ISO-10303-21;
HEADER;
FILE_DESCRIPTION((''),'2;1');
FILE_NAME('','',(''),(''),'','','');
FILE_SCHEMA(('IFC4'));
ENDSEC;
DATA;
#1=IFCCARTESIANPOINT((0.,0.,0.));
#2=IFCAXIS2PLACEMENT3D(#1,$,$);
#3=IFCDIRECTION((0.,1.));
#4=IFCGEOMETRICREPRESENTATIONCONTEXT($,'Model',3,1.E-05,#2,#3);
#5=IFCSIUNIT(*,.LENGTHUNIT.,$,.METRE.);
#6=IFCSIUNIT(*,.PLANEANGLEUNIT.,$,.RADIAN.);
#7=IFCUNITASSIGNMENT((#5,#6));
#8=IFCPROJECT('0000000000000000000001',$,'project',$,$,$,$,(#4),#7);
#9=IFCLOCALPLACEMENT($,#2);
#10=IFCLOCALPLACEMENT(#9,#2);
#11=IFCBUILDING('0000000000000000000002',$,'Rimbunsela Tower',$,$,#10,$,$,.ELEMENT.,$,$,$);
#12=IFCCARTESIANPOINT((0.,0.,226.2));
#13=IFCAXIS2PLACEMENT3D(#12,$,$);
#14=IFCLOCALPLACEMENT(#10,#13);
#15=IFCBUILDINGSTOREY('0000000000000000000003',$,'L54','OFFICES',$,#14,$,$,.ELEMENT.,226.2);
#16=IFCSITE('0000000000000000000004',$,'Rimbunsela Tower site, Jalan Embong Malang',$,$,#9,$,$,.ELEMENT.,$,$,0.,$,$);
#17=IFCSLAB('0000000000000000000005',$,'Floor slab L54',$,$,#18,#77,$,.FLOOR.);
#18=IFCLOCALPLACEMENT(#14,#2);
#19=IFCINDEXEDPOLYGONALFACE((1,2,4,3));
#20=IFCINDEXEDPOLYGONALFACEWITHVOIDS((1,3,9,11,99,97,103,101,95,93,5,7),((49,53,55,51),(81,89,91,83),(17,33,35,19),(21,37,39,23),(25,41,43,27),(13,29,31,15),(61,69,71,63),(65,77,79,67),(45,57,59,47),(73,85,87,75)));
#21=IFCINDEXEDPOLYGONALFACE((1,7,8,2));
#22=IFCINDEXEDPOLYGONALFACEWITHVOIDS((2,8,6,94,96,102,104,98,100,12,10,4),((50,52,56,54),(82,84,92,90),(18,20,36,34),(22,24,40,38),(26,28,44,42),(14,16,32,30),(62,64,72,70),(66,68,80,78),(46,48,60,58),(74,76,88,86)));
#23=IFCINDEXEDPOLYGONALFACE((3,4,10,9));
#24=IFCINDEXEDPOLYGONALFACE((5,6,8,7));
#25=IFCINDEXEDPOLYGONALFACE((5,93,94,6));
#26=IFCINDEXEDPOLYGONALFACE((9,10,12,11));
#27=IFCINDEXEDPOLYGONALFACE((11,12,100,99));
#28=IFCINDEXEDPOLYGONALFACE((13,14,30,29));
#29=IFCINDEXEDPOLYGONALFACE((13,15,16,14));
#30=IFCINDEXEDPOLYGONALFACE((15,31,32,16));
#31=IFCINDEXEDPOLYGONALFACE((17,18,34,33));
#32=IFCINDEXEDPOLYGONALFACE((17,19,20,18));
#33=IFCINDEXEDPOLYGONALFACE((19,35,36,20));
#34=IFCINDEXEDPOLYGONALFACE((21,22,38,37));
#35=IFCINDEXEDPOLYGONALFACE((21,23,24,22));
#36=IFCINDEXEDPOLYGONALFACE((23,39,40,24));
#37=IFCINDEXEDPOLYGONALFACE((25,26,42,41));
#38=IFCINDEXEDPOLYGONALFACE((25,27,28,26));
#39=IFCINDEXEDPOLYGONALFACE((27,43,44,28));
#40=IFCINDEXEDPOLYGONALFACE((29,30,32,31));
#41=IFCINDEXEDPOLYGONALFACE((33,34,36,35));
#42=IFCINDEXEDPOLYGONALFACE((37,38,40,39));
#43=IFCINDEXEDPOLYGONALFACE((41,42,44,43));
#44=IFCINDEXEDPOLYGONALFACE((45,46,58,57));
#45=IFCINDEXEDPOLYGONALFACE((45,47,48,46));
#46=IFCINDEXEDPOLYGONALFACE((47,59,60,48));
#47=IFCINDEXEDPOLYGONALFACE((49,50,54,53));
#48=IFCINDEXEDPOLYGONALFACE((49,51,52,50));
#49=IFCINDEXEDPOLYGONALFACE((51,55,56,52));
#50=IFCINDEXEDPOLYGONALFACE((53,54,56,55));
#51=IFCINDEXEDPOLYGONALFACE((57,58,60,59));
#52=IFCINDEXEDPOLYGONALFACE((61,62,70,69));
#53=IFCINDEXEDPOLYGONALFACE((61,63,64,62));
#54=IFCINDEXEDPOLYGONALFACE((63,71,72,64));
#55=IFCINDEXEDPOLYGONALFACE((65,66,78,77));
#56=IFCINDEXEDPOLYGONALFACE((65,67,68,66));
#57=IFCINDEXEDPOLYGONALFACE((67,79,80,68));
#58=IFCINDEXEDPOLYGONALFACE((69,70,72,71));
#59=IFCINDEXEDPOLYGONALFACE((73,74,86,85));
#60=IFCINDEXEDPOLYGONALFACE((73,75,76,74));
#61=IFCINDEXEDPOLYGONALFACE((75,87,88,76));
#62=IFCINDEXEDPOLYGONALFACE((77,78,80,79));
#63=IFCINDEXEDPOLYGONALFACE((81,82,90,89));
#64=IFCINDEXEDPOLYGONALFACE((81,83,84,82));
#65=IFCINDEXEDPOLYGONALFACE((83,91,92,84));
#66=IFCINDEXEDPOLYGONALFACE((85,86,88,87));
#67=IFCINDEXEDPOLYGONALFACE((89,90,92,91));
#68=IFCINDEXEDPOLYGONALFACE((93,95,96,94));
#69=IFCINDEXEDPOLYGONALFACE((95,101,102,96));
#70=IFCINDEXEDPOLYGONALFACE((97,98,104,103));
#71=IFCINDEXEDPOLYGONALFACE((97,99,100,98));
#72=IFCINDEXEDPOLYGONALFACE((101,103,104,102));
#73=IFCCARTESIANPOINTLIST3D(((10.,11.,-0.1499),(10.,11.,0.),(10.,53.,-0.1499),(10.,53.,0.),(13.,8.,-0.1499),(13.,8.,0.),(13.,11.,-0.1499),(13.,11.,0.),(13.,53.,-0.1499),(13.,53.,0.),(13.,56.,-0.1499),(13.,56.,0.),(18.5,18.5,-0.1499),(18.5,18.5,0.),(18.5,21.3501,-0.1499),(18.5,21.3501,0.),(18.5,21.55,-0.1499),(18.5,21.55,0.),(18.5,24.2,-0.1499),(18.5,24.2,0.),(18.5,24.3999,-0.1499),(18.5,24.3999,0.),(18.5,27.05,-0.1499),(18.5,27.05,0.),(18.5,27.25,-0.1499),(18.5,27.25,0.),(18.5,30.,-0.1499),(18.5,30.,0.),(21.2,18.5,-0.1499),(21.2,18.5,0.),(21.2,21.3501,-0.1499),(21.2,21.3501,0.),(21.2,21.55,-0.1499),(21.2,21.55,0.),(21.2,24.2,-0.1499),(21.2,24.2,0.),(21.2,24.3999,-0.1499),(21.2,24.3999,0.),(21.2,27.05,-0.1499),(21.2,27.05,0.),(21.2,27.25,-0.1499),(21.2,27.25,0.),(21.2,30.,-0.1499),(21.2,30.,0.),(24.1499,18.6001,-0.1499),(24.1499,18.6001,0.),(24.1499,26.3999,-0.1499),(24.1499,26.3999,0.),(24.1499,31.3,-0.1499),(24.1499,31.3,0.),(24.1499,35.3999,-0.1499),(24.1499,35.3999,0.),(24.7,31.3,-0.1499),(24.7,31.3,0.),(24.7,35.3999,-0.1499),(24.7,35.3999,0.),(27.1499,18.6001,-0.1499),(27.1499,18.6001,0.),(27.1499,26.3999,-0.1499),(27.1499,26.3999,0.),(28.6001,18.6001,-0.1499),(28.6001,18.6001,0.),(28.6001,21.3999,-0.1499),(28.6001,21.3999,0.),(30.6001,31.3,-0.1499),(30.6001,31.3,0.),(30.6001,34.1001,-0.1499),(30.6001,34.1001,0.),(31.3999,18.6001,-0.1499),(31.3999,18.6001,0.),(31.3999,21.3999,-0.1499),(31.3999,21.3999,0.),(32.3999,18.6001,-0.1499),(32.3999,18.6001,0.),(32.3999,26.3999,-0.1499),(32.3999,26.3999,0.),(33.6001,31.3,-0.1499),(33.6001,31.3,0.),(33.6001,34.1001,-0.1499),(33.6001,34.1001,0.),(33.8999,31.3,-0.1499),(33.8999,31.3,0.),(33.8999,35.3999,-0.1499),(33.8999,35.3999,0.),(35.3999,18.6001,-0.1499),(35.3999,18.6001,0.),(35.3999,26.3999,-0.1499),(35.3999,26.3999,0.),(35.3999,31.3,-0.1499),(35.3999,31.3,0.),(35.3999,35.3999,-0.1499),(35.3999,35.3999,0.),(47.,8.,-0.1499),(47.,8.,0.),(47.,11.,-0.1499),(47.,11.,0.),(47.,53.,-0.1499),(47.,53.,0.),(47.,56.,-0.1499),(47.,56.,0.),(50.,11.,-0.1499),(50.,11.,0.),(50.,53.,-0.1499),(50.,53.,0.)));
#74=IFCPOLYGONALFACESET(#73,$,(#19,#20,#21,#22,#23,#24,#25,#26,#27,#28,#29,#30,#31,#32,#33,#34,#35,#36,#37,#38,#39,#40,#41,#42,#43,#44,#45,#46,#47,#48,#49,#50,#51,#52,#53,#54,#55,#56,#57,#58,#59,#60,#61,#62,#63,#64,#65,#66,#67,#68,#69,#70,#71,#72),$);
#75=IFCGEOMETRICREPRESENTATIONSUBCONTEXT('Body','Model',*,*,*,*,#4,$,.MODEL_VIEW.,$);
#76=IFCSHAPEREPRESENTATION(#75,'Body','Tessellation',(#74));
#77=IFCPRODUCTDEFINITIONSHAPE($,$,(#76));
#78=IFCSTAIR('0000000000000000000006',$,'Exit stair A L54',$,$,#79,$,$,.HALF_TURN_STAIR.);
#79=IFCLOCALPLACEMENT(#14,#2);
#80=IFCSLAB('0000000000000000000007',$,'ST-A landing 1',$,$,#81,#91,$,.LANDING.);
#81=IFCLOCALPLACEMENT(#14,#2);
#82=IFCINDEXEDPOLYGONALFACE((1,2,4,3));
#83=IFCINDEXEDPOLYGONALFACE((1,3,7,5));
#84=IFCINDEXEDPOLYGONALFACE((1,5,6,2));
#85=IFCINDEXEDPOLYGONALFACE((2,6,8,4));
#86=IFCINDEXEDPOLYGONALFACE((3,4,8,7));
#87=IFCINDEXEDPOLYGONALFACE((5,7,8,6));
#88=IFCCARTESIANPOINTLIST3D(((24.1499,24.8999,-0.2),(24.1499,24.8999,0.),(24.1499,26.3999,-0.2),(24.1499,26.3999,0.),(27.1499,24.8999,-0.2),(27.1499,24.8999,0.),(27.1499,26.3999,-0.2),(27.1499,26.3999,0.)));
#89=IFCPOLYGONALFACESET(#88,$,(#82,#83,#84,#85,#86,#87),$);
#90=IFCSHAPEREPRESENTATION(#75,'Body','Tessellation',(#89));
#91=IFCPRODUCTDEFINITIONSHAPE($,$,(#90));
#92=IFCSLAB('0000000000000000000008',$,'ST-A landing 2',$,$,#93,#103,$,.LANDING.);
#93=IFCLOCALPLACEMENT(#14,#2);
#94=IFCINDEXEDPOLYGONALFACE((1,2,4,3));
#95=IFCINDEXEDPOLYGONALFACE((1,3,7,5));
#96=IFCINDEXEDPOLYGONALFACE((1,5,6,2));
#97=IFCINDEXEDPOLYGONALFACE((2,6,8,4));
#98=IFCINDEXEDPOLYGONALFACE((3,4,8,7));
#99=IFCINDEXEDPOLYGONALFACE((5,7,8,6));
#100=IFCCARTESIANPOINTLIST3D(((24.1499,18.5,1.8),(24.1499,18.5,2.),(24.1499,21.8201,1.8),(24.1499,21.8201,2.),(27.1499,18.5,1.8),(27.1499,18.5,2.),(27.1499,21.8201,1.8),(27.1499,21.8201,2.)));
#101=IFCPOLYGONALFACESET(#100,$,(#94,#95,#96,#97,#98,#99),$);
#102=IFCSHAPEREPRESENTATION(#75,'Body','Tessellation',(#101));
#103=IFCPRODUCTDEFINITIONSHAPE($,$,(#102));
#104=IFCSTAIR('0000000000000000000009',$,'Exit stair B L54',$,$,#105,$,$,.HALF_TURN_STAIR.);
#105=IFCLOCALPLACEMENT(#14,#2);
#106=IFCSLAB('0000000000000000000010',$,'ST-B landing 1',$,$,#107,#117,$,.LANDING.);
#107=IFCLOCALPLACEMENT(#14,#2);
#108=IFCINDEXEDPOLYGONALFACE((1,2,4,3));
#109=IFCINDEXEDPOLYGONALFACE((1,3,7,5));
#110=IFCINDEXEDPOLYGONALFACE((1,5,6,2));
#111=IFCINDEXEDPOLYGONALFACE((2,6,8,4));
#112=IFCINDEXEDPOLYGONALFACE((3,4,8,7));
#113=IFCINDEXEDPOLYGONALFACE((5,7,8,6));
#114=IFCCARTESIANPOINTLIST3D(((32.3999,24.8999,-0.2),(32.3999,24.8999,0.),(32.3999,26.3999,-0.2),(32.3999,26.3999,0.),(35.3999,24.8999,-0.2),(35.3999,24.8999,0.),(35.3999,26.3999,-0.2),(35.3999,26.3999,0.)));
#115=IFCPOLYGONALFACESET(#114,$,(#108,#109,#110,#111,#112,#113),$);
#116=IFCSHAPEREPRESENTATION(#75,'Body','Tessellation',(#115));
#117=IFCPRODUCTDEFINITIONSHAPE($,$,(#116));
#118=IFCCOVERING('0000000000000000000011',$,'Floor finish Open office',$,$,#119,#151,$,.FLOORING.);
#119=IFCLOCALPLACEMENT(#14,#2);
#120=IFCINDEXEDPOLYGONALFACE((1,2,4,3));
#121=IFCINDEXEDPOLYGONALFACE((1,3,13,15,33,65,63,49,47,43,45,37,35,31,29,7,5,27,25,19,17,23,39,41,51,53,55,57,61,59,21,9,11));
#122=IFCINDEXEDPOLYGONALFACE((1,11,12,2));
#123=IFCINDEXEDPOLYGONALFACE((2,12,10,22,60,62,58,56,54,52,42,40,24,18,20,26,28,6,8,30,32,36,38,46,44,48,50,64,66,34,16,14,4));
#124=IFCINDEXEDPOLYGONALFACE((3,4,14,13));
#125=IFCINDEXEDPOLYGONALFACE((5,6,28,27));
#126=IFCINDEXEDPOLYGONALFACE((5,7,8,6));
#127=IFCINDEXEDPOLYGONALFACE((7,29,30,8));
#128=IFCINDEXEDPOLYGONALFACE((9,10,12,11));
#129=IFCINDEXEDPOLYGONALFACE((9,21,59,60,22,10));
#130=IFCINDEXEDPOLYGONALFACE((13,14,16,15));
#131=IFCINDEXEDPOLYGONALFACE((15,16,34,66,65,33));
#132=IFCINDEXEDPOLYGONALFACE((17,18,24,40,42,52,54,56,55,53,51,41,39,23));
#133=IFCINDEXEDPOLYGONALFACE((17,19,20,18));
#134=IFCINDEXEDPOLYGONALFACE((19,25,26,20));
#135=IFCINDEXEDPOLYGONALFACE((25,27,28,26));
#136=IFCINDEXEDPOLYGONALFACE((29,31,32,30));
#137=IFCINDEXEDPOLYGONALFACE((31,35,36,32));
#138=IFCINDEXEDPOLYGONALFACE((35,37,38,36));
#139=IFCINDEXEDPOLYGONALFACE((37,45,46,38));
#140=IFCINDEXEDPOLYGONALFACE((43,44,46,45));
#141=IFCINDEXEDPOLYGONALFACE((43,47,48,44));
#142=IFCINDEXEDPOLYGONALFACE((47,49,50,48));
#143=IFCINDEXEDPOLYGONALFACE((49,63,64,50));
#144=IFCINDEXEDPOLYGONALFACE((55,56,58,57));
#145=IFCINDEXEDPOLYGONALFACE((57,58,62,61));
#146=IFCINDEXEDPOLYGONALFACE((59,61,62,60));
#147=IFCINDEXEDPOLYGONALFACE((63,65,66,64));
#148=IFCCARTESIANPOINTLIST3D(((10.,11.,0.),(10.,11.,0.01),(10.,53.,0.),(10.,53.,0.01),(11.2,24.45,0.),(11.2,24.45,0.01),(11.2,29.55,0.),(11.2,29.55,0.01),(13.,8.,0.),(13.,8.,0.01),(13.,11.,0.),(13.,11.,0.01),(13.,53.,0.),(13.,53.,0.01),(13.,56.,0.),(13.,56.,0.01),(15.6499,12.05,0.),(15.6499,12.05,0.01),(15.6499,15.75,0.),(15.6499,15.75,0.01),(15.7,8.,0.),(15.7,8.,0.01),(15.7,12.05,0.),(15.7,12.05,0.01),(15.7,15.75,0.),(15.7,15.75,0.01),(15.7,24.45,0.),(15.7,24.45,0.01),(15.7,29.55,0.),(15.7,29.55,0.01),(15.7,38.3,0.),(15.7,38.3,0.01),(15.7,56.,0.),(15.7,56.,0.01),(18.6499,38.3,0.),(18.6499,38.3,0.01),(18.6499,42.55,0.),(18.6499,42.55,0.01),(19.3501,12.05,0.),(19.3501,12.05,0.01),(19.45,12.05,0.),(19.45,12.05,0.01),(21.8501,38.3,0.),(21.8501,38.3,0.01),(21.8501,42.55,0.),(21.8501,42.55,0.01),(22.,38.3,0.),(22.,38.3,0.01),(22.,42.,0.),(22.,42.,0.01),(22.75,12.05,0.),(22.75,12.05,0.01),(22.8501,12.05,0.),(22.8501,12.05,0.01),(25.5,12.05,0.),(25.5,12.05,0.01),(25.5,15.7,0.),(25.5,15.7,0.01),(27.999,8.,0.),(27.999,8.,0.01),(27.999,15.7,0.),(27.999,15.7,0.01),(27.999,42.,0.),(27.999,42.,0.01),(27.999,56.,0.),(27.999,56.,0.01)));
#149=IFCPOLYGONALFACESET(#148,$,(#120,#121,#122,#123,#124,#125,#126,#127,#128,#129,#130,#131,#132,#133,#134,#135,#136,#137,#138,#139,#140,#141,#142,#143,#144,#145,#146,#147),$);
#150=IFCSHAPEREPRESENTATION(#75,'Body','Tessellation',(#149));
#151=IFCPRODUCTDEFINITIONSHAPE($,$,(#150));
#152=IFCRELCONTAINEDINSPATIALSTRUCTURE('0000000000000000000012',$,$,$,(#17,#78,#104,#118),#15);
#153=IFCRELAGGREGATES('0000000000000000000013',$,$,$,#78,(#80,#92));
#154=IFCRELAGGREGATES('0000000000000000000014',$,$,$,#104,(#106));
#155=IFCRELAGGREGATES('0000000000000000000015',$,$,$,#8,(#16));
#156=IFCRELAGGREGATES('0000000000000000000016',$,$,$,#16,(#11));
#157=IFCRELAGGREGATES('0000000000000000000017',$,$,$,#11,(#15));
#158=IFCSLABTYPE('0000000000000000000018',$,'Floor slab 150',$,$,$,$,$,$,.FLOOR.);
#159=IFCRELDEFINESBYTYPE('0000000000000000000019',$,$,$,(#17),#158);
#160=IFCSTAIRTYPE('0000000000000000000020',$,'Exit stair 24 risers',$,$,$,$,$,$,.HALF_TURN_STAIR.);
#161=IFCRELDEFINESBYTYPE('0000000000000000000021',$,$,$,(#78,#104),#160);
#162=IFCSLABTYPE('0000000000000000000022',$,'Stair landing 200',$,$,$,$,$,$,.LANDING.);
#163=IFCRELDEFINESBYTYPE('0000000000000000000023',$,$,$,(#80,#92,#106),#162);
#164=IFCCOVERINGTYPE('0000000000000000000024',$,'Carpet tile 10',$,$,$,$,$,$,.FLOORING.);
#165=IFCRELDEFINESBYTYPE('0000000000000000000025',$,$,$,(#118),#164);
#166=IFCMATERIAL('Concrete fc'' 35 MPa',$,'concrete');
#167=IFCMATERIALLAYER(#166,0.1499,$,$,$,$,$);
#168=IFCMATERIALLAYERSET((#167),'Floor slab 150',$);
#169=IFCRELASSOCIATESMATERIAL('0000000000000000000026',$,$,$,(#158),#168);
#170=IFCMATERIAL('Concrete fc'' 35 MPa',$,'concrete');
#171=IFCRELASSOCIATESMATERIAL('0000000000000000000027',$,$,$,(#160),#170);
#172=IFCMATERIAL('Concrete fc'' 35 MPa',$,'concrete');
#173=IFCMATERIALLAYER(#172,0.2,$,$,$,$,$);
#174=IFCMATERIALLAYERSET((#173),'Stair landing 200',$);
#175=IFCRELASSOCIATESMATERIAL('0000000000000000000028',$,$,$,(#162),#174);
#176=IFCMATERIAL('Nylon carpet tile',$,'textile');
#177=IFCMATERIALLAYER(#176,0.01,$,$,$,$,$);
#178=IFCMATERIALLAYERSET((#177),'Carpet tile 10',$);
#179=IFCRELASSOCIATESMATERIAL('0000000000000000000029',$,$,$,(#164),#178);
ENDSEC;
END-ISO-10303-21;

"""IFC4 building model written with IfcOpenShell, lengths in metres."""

from ifc_helpers import new_model, si_unit, direction, frame, origin, place, context, subcontext, project, spatial, polyline, outline, extrude, material, layer, layer_set, type_object, element, aggregate, save


model = new_model("IFC4")

# Units and contexts
model_context = context("Model", 3, precision=1e-05, world=origin(), true_north=direction((0.0, 1.0)))
body_context = subcontext(model_context, "Body", "Model", "MODEL_VIEW")
ifc_project = project(units=[si_unit("LENGTHUNIT", "METRE"), si_unit("PLANEANGLEUNIT", "RADIAN")], contexts=[model_context])

# Site, building, storey
site_placement = place(None, origin())
site = spatial("IfcSite", under=ifc_project, at=site_placement, Name="Rimbunsela Tower site, Jalan Embong Malang", CompositionType="ELEMENT", RefElevation=0.0)
building_placement = place(site_placement, origin())
building = spatial("IfcBuilding", under=site, at=building_placement, Name="Rimbunsela Tower", CompositionType="ELEMENT")
storey_placement = place(building_placement, frame((0.0, 0.0, 226.2)))
storey = spatial("IfcBuildingStorey", under=building, at=storey_placement, Name="L54", Description="OFFICES", CompositionType="ELEMENT", Elevation=226.2)

# Slab
ifc_material_1 = material(Name="Concrete fc' 35 MPa", Category="concrete")
ifc_layer_1 = layer(ifc_material_1, 0.1499)
ifc_layer_set_1 = layer_set([ifc_layer_1], Name="Floor slab 150")
slab_type_1 = type_object("IfcSlabType", Name="Floor slab 150", PredefinedType="FLOOR", material=ifc_layer_set_1)
slab_1_placement = place(storey_placement, frame((0.0, 0.0, -0.1499)))
element("IfcSlab", 1, at=slab_1_placement, inside=storey, type_object=slab_type_1, Name="Floor slab L54", PredefinedType="FLOOR", context=body_context, shape_type="SweptSolid", body=[
    extrude(outline(polyline([(13.0, 8.0), (47.0, 8.0), (47.0, 11.0), (50.0, 11.0), (50.0, 53.0), (47.0, 53.0), (47.0, 56.0), (13.0, 56.0), (13.0, 53.0), (10.0, 53.0), (10.0, 11.0), (13.0, 11.0), (13.0, 8.0)]), holes=[polyline([(21.2, 21.3501), (18.5, 21.3501), (18.5, 18.5), (21.2, 18.5), (21.2, 21.3501)]), polyline([(21.2, 21.55), (21.2, 24.2), (18.5, 24.2), (18.5, 21.55), (21.2, 21.55)]), polyline([(21.2, 27.05), (18.5, 27.05), (18.5, 24.3999), (21.2, 24.3999), (21.2, 27.05)]), polyline([(21.2, 30.0), (18.5, 30.0), (18.5, 27.25), (21.2, 27.25), (21.2, 30.0)]), polyline([(27.1499, 26.3999), (24.1499, 26.3999), (24.1499, 18.6001), (27.1499, 18.6001), (27.1499, 26.3999)]), polyline([(24.7, 31.3), (24.7, 35.3999), (24.1499, 35.3999), (24.1499, 31.3), (24.7, 31.3)]), polyline([(31.3999, 21.3999), (28.6001, 21.3999), (28.6001, 18.6001), (31.3999, 18.6001), (31.3999, 21.3999)]), polyline([(33.6001, 34.1001), (30.6001, 34.1001), (30.6001, 31.3), (33.6001, 31.3), (33.6001, 34.1001)]), polyline([(35.3999, 18.6001), (35.3999, 26.3999), (32.3999, 26.3999), (32.3999, 18.6001), (35.3999, 18.6001)]), polyline([(35.3999, 31.3), (35.3999, 35.3999), (33.8999, 35.3999), (33.8999, 31.3), (35.3999, 31.3)])]), origin(), (0.0, 0.0, 1.0), 0.1499),
])

# Stair, slabs
ifc_material_2 = material(Name="Concrete fc' 35 MPa", Category="concrete")
stair_type = type_object("IfcStairType", Name="Exit stair 24 risers", PredefinedType="HALF_TURN_STAIR", material=ifc_material_2)
stair_1_placement = place(storey_placement, origin())
stair_1 = element("IfcStair", 2, at=stair_1_placement, inside=storey, type_object=stair_type, Name="Exit stair A L54", PredefinedType="HALF_TURN_STAIR")
ifc_material_3 = material(Name="Concrete fc' 35 MPa", Category="concrete")
ifc_layer_2 = layer(ifc_material_3, 0.2)
ifc_layer_set_2 = layer_set([ifc_layer_2], Name="Stair landing 200")
slab_type_2 = type_object("IfcSlabType", Name="Stair landing 200", PredefinedType="LANDING", material=ifc_layer_set_2)
slab_2_placement = place(storey_placement, frame((0.0, 0.0, -0.2)))
slab_2 = element("IfcSlab", 3, at=slab_2_placement, type_object=slab_type_2, Name="ST-A landing 1", PredefinedType="LANDING", context=body_context, shape_type="SweptSolid", body=[
    extrude(outline(polyline([(24.1499, 24.8999), (27.1499, 24.8999), (27.1499, 26.3999), (24.1499, 26.3999), (24.1499, 24.8999)])), origin(), (0.0, 0.0, 1.0), 0.2),
])
slab_3_placement = place(storey_placement, frame((0.0, 0.0, 1.8)))
slab_3 = element("IfcSlab", 4, at=slab_3_placement, type_object=slab_type_2, Name="ST-A landing 2", PredefinedType="LANDING", context=body_context, shape_type="SweptSolid", body=[
    extrude(outline(polyline([(24.1499, 18.5), (27.1499, 18.5), (27.1499, 21.8201), (24.1499, 21.8201), (24.1499, 18.5)])), origin(), (0.0, 0.0, 1.0), 0.2),
])
aggregate(stair_1, [slab_2, slab_3])

# Stair, slab
stair_2_placement = place(storey_placement, origin())
stair_2 = element("IfcStair", 5, at=stair_2_placement, inside=storey, type_object=stair_type, Name="Exit stair B L54", PredefinedType="HALF_TURN_STAIR")
slab_4_placement = place(storey_placement, frame((0.0, 0.0, -0.2)))
slab_4 = element("IfcSlab", 6, at=slab_4_placement, type_object=slab_type_2, Name="ST-B landing 1", PredefinedType="LANDING", context=body_context, shape_type="SweptSolid", body=[
    extrude(outline(polyline([(32.3999, 24.8999), (35.3999, 24.8999), (35.3999, 26.3999), (32.3999, 26.3999), (32.3999, 24.8999)])), origin(), (0.0, 0.0, 1.0), 0.2),
])
aggregate(stair_2, [slab_4])

# Covering
ifc_material_4 = material(Name="Nylon carpet tile", Category="textile")
ifc_layer_3 = layer(ifc_material_4, 0.01)
ifc_layer_set_3 = layer_set([ifc_layer_3], Name="Carpet tile 10")
covering_type_1 = type_object("IfcCoveringType", Name="Carpet tile 10", PredefinedType="FLOORING", material=ifc_layer_set_3)
covering_1_placement = place(storey_placement, origin())
element("IfcCovering", 7, at=covering_1_placement, inside=storey, type_object=covering_type_1, Name="Floor finish Open office", PredefinedType="FLOORING", context=body_context, shape_type="SweptSolid", body=[
    extrude(outline(polyline([(19.45, 12.05), (22.75, 12.05), (22.8501, 12.05), (25.5, 12.05), (25.5, 15.7), (27.999, 15.7), (27.999, 8.0), (15.7, 8.0), (13.0, 8.0), (13.0, 11.0), (10.0, 11.0), (10.0, 53.0), (13.0, 53.0), (13.0, 56.0), (15.7, 56.0), (27.999, 56.0), (27.999, 42.0), (22.0, 42.0), (22.0, 38.3), (21.8501, 38.3), (21.8501, 42.55), (18.6499, 42.55), (18.6499, 38.3), (15.7, 38.3), (15.7, 29.55), (11.2, 29.55), (11.2, 24.45), (15.7, 24.45), (15.7, 15.75), (15.6499, 15.75), (15.6499, 12.05), (15.7, 12.05), (19.3501, 12.05), (19.45, 12.05)])), origin(), (0.0, 0.0, 1.0), 0.01),
])

save(model, "model.ifc")
